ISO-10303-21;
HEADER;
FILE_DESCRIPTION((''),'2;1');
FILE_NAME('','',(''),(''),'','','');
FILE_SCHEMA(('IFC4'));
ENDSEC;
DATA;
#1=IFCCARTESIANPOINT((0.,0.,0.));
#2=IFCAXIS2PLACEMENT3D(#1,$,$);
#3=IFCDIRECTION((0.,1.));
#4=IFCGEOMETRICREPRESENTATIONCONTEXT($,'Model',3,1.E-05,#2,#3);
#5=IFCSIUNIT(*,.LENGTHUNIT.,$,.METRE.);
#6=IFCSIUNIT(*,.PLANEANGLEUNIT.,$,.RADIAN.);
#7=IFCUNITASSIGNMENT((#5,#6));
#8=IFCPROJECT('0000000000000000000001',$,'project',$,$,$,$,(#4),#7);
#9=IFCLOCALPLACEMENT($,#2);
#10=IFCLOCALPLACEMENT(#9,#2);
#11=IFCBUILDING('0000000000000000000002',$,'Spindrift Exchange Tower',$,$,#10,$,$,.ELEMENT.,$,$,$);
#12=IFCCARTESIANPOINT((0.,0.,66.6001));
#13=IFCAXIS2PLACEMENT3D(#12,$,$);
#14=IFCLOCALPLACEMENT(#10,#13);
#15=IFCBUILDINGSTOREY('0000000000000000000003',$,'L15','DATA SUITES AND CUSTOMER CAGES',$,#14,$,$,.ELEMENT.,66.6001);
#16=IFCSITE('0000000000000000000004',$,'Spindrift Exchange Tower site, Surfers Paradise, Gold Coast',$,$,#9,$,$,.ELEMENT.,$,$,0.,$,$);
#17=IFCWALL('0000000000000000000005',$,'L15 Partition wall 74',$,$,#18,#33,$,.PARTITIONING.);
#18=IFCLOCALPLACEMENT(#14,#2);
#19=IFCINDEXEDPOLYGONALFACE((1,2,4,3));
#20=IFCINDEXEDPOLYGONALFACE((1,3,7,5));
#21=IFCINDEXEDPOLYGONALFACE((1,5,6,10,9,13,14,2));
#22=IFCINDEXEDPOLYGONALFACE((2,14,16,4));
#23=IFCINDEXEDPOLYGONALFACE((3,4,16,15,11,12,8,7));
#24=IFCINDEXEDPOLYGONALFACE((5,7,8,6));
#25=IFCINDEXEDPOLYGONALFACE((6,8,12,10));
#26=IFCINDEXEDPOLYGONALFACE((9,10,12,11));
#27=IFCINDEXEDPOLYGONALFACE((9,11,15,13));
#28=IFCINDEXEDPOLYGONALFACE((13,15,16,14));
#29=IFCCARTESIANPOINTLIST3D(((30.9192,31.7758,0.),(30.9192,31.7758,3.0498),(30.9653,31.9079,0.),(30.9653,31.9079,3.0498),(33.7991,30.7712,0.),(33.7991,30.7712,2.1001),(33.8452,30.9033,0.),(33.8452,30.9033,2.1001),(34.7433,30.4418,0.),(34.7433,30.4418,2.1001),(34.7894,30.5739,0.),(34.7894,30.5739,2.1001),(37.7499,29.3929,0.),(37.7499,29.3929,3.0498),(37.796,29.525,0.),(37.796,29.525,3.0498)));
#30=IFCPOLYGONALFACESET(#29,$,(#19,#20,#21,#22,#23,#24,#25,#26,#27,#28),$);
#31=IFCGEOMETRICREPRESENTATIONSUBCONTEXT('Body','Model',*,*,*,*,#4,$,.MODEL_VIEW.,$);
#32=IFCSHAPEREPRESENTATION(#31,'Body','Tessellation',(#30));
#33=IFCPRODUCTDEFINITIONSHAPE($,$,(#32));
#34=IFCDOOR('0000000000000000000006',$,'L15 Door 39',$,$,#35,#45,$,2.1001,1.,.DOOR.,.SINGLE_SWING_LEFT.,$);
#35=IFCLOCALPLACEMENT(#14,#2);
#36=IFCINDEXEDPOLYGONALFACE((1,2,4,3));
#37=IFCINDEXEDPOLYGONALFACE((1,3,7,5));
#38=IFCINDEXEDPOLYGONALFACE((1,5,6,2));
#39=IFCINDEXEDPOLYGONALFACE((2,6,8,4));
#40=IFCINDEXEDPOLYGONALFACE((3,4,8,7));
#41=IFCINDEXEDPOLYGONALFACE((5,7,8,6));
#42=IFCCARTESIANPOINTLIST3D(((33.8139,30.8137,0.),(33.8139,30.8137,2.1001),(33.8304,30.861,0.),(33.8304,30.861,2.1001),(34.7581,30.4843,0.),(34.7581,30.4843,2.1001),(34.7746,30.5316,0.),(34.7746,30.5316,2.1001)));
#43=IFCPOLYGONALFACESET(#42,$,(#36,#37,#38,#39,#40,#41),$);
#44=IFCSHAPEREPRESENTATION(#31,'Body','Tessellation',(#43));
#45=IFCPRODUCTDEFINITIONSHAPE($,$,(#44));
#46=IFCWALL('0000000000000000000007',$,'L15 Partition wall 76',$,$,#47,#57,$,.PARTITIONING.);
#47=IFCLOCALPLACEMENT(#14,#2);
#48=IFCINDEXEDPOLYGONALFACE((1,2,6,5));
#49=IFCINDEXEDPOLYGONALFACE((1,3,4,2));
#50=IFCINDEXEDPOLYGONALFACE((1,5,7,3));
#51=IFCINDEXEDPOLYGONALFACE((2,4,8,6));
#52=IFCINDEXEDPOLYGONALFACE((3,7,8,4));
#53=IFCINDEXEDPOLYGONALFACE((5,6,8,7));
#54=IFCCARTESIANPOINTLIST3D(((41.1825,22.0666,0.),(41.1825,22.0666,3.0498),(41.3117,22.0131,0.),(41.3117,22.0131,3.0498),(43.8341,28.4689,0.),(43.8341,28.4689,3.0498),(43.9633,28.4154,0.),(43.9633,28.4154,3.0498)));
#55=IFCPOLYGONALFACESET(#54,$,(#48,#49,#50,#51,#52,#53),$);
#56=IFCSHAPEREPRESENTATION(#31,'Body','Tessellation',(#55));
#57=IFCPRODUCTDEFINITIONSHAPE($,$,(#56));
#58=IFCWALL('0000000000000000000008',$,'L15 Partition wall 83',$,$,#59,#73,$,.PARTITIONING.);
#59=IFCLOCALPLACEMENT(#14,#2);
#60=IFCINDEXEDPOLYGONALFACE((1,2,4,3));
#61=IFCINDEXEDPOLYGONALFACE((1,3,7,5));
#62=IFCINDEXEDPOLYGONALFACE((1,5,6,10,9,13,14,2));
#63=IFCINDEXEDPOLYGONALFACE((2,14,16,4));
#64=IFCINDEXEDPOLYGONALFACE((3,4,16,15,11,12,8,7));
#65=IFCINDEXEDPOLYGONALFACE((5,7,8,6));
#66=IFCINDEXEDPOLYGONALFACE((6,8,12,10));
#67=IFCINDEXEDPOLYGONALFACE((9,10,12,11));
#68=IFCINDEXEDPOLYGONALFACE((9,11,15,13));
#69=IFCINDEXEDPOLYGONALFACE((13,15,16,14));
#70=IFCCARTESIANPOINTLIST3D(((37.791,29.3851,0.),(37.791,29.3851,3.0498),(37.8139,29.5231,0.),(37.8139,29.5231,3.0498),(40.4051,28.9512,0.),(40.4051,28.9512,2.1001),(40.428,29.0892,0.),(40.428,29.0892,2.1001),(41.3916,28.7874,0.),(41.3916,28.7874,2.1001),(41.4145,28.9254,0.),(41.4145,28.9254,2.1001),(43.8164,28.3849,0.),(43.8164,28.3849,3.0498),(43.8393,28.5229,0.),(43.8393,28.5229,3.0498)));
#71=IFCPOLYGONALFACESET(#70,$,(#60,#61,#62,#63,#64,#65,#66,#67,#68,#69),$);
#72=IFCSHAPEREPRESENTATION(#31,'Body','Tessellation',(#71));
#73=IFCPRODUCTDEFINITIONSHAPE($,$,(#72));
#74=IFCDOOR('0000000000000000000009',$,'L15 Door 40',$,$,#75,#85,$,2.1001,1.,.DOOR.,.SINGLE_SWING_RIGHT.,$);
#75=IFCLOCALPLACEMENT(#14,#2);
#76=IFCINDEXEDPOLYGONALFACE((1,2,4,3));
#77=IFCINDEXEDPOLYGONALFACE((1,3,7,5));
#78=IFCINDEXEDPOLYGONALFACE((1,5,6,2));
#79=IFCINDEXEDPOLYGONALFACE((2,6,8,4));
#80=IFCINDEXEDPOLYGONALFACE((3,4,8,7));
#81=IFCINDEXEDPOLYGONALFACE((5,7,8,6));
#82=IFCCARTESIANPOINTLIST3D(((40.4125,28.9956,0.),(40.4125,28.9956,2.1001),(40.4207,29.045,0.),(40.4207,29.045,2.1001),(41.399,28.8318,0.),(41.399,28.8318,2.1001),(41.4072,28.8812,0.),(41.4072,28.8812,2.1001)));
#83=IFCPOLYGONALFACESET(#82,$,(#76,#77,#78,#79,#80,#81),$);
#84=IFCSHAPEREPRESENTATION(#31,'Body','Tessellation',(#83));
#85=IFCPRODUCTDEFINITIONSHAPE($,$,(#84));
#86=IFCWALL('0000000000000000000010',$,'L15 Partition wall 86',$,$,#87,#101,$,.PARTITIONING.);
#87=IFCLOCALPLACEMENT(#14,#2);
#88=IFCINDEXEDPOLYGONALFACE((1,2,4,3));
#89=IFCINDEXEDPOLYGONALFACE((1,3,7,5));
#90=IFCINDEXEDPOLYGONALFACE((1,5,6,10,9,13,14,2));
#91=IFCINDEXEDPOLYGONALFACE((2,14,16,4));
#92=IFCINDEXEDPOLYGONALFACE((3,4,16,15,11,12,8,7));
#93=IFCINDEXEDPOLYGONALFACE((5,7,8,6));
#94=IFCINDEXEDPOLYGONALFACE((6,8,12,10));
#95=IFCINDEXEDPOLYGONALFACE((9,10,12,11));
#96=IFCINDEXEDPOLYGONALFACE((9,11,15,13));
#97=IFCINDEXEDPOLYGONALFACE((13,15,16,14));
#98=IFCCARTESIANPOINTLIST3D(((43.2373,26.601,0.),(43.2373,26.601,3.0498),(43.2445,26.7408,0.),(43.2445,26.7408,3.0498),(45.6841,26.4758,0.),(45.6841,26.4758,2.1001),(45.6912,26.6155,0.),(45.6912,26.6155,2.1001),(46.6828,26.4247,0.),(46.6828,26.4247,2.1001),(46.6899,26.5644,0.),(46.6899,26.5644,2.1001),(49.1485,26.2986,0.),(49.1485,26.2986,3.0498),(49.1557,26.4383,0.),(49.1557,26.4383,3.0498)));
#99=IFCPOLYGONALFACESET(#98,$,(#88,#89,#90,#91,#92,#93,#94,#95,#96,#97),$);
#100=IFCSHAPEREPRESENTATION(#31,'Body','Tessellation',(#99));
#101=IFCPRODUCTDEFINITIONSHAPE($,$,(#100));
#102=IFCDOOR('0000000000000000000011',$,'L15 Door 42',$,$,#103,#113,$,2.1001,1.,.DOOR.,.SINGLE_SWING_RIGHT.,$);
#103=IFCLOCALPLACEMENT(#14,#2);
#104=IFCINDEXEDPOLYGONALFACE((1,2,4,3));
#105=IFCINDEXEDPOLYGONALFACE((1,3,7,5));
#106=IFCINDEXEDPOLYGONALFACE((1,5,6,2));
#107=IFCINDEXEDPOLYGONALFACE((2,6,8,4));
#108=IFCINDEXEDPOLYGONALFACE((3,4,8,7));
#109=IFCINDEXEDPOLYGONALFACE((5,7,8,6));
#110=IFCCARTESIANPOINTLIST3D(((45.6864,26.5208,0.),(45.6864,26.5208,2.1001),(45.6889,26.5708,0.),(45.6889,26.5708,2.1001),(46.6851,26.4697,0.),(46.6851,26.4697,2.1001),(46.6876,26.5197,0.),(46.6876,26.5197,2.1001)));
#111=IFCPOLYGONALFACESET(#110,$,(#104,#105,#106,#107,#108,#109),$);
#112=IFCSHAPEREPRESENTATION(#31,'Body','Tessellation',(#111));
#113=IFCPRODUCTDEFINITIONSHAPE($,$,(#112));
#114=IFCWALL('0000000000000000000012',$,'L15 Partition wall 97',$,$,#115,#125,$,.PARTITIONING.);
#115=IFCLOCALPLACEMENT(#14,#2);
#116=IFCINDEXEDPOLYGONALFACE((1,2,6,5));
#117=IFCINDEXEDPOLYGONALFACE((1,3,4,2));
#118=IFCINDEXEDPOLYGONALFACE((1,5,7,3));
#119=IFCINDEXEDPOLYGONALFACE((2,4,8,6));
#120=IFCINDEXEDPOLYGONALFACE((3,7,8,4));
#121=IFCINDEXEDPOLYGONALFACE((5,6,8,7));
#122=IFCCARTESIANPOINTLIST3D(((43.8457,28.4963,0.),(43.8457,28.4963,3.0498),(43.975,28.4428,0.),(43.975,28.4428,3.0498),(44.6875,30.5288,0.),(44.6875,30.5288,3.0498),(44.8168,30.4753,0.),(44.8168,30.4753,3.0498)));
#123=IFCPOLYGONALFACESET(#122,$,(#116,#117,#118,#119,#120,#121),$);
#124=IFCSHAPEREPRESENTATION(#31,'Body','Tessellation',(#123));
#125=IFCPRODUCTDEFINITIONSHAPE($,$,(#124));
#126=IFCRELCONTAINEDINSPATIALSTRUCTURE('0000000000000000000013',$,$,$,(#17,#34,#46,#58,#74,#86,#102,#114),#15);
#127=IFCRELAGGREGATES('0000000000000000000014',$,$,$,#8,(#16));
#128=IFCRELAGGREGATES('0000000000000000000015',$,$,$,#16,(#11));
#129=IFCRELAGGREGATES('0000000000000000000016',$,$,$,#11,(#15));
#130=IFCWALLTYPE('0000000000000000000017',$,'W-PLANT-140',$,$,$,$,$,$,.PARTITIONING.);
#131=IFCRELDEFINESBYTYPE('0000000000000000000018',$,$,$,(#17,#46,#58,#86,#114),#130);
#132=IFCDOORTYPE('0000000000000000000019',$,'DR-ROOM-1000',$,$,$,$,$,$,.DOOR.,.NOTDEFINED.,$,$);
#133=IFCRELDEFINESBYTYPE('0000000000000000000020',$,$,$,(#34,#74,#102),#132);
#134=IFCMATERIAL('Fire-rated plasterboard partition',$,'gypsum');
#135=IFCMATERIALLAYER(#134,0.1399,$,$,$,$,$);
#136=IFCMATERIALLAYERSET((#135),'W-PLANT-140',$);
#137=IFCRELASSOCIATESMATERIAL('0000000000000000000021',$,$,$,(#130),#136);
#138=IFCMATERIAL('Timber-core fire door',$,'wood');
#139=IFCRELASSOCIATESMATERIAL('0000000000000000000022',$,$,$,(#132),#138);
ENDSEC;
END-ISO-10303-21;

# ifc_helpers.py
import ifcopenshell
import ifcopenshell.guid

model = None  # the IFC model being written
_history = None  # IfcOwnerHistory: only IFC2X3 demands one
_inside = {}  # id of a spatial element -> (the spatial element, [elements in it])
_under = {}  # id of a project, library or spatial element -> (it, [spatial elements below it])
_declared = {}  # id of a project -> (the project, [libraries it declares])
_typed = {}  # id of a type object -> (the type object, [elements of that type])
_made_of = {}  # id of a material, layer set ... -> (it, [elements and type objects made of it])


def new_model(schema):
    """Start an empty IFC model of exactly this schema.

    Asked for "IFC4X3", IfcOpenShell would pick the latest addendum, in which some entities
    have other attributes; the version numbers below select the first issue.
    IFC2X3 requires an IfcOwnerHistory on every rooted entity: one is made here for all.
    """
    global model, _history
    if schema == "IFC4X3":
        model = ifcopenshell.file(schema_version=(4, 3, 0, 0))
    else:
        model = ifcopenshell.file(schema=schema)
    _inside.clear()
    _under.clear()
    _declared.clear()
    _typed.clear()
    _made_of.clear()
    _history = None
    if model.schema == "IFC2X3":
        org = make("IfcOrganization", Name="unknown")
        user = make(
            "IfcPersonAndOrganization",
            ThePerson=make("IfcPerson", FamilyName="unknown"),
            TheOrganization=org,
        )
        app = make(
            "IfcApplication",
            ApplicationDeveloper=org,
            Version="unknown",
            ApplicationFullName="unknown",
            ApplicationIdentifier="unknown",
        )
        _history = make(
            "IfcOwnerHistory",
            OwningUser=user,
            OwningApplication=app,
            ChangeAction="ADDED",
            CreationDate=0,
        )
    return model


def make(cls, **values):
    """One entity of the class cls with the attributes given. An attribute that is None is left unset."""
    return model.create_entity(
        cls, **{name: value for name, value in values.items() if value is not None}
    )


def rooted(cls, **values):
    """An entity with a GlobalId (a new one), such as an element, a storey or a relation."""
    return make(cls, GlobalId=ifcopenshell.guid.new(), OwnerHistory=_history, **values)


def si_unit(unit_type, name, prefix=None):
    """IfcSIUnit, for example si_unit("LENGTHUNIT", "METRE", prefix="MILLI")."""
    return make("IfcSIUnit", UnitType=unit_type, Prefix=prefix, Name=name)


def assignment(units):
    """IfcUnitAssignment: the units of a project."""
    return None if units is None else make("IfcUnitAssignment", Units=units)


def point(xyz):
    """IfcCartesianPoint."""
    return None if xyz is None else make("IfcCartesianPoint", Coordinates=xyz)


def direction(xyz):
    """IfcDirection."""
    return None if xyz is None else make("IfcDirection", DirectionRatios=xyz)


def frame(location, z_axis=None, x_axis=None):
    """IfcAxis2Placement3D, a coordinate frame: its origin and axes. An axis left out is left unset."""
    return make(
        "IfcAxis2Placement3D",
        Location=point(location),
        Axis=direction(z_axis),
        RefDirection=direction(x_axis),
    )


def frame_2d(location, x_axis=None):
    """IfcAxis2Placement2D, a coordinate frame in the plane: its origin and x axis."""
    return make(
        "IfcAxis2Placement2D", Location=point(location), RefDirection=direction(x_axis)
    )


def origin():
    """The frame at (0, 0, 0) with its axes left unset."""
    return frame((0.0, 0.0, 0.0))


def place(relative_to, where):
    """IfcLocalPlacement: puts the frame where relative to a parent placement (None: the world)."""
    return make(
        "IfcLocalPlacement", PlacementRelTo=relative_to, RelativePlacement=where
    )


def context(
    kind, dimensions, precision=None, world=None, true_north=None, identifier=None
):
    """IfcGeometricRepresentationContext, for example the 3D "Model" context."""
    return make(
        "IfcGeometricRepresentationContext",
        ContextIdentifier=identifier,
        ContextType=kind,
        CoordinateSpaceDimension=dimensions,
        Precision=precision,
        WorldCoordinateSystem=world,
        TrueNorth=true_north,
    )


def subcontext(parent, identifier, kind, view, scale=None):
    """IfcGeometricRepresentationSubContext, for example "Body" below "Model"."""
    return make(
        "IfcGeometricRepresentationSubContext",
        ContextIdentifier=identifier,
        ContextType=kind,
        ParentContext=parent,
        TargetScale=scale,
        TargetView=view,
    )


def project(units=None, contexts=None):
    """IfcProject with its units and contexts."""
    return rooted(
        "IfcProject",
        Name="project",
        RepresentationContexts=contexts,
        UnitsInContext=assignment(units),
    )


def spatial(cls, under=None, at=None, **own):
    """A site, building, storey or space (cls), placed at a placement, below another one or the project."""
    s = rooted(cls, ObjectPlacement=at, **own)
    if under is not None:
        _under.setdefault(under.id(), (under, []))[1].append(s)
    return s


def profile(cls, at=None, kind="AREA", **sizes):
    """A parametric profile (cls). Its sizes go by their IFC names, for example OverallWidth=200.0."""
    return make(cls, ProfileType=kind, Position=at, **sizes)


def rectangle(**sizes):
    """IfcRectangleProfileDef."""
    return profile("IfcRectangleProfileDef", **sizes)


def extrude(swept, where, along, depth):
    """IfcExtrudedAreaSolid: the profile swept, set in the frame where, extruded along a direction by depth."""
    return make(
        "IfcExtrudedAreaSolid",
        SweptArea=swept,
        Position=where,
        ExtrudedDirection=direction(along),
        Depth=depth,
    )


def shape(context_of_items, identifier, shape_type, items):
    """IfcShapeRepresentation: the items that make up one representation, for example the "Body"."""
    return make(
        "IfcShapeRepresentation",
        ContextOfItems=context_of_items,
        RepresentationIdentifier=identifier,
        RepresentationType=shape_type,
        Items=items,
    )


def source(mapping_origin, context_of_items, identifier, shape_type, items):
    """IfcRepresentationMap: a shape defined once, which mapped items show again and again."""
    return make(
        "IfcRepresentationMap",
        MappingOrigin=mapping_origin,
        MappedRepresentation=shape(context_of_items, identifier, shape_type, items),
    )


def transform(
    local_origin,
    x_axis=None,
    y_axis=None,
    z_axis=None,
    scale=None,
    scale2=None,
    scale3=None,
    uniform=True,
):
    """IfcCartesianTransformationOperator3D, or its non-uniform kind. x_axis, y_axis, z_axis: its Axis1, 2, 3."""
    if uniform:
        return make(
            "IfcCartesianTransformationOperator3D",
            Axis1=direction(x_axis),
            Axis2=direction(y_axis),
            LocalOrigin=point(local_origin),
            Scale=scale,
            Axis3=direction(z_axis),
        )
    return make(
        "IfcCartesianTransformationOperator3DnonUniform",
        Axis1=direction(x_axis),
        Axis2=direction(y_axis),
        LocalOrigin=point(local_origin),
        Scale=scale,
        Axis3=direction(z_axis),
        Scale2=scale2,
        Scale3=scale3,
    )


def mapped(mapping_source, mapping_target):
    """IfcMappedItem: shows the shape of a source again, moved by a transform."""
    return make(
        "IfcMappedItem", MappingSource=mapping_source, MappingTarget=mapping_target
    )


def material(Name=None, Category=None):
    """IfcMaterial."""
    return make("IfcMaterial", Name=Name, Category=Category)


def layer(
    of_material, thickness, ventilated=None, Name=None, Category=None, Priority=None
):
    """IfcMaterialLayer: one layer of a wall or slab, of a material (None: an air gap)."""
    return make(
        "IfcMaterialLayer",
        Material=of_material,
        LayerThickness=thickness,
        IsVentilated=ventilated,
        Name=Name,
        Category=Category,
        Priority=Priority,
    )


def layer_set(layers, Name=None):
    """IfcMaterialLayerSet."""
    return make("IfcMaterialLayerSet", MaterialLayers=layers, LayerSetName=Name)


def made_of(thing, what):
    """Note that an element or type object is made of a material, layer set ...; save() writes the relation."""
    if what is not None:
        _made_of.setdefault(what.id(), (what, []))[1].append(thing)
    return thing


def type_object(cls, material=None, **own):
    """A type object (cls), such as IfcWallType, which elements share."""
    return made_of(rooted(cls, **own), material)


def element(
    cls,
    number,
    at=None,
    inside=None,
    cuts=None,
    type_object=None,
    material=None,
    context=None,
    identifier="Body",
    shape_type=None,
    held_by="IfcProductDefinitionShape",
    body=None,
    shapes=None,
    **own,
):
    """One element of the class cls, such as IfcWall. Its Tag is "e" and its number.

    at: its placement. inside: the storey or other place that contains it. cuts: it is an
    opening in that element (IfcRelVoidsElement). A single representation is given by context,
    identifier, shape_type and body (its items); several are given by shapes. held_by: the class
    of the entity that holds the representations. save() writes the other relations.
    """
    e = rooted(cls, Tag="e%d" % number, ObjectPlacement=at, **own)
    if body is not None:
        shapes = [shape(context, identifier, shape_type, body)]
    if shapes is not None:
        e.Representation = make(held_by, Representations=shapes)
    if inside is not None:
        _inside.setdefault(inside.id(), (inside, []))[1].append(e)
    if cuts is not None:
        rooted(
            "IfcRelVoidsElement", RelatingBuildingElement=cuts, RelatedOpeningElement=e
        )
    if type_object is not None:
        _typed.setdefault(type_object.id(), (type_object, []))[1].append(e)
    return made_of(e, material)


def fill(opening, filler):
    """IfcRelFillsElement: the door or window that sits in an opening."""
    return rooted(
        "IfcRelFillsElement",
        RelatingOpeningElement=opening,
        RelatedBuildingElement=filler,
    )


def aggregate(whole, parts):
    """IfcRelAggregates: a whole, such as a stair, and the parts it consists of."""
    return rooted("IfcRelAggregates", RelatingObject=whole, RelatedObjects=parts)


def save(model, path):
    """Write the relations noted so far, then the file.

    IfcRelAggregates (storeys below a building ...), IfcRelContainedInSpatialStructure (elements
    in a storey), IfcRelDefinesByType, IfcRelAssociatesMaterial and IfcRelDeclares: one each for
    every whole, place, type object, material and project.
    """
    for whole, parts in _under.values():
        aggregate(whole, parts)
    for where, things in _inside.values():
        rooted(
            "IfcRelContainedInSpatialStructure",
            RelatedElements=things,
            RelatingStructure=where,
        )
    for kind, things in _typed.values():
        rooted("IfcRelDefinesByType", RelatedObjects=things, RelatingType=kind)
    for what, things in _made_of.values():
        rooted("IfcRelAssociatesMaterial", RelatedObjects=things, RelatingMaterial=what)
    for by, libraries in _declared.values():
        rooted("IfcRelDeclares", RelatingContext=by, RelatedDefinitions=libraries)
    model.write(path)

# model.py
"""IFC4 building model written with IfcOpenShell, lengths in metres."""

from ifc_helpers import new_model, si_unit, direction, frame, frame_2d, origin, place, context, subcontext, project, spatial, rectangle, extrude, source, transform, mapped, material, layer, layer_set, type_object, element, fill, save


model = new_model("IFC4")

# Units and contexts
model_context = context("Model", 3, precision=1e-05, world=origin(), true_north=direction((0.0, 1.0)))
body_context = subcontext(model_context, "Body", "Model", "MODEL_VIEW")
ifc_project = project(units=[si_unit("LENGTHUNIT", "METRE"), si_unit("PLANEANGLEUNIT", "RADIAN")], contexts=[model_context])

# Site, building, storey
site_placement = place(None, origin())
site = spatial("IfcSite", under=ifc_project, at=site_placement, Name="Spindrift Exchange Tower site, Surfers Paradise, Gold Coast", CompositionType="ELEMENT", RefElevation=0.0)
building_placement = place(site_placement, origin())
building = spatial("IfcBuilding", under=site, at=building_placement, Name="Spindrift Exchange Tower", CompositionType="ELEMENT")
storey_placement = place(building_placement, frame((0.0, 0.0, 66.6001)))
storey = spatial("IfcBuildingStorey", under=building, at=storey_placement, Name="L15", Description="DATA SUITES AND CUSTOMER CAGES", CompositionType="ELEMENT", Elevation=66.6001)

# Shared definitions
ifc_material_1 = material(Name="Fire-rated plasterboard partition", Category="gypsum")

# Wall, opening, door
ifc_layer_1 = layer(ifc_material_1, 0.1399)
ifc_layer_set_1 = layer_set([ifc_layer_1], Name="W-PLANT-140")
wall_type_1 = type_object("IfcWallType", Name="W-PLANT-140", PredefinedType="PARTITIONING", material=ifc_layer_set_1)
wall_1_placement = place(storey_placement, frame((37.7729, 29.459, 0.0), z_axis=(0.0, 0.0, 1.0), x_axis=(-0.944198, 0.329379, 0.0)))
wall_1 = element("IfcWall", 1, at=wall_1_placement, inside=storey, type_object=wall_type_1, Name="L15 Partition wall 74", PredefinedType="PARTITIONING", context=body_context, shape_type="SweptSolid", body=[
    extrude(rectangle(XDim=7.2344, YDim=0.1399, at=frame_2d((3.6172, 0.0))), origin(), (0.0, 0.0, 1.0), 3.0498),
])
opening_1_placement = place(wall_1_placement, frame((3.1843, 0.0, 0.0)))
opening_1 = element("IfcOpeningElement", 2, at=opening_1_placement, cuts=wall_1, PredefinedType="OPENING", context=body_context, shape_type="SweptSolid", body=[
    extrude(rectangle(XDim=1.0, YDim=2.1001, at=frame_2d((0.5, 1.05))), frame((0.0, 0.0798, 0.0), z_axis=(0.0, -1.0, 0.0), x_axis=(1.0, 0.0, 0.0)), (0.0, 0.0, 1.0), 0.1599),
])
ifc_material_2 = material(Name="Timber-core fire door", Category="wood")
door_type = type_object("IfcDoorType", Name="DR-ROOM-1000", OperationType="NOTDEFINED", PredefinedType="DOOR", material=ifc_material_2)
shared_shape_1 = source(origin(), body_context, "Body", "SweptSolid", [
    extrude(rectangle(XDim=1.0, YDim=2.1001, at=frame_2d((0.5, 1.05))), frame((0.0, 0.0249, 0.0), z_axis=(0.0, -1.0, 0.0), x_axis=(1.0, 0.0, 0.0)), (0.0, 0.0, 1.0), 0.05),
])
door_1_placement = place(opening_1_placement, origin())
door_1 = element("IfcDoor", 3, at=door_1_placement, inside=storey, type_object=door_type, Name="L15 Door 39", OperationType="SINGLE_SWING_LEFT", OverallHeight=2.1001, OverallWidth=1.0, PredefinedType="DOOR", context=body_context, shape_type="MappedRepresentation", body=[
    mapped(shared_shape_1, transform((0.0, 0.0, 0.0), scale=1.0)),
])
fill(opening_1, door_1)

# Wall
wall_2_placement = place(storey_placement, frame((43.8987, 28.4421, 0.0), z_axis=(0.0, 0.0, 1.0), x_axis=(-0.382643, -0.923896, 0.0)))
element("IfcWall", 4, at=wall_2_placement, inside=storey, type_object=wall_type_1, Name="L15 Partition wall 76", PredefinedType="PARTITIONING", context=body_context, shape_type="SweptSolid", body=[
    extrude(rectangle(XDim=6.9297, YDim=0.1399, at=frame_2d((3.4648, 0.0))), origin(), (0.0, 0.0, 1.0), 3.0498),
])

# Walls, openings, doors
wall_3_placement = place(storey_placement, frame((43.8279, 28.4539, 0.0), z_axis=(0.0, 0.0, 1.0), x_axis=(-0.9865, 0.163764, 0.0)))
wall_3 = element("IfcWall", 5, at=wall_3_placement, inside=storey, type_object=wall_type_1, Name="L15 Partition wall 83", PredefinedType="PARTITIONING", context=body_context, shape_type="SweptSolid", body=[
    extrude(rectangle(XDim=6.1079, YDim=0.1399, at=frame_2d((3.054, 0.0))), origin(), (0.0, 0.0, 1.0), 3.0498),
])
opening_2_placement = place(wall_3_placement, frame((2.458, 0.0, 0.0)))
opening_2 = element("IfcOpeningElement", 6, at=opening_2_placement, cuts=wall_3, PredefinedType="OPENING", context=body_context, shape_type="SweptSolid", body=[
    extrude(rectangle(XDim=1.0, YDim=2.1001, at=frame_2d((0.5, 1.05))), frame((0.0, 0.0798, 0.0), z_axis=(0.0, -1.0, 0.0), x_axis=(1.0, 0.0, 0.0)), (0.0, 0.0, 1.0), 0.1599),
])
door_2_placement = place(opening_2_placement, origin())
door_2 = element("IfcDoor", 7, at=door_2_placement, inside=storey, type_object=door_type, Name="L15 Door 40", OperationType="SINGLE_SWING_RIGHT", OverallHeight=2.1001, OverallWidth=1.0, PredefinedType="DOOR", context=body_context, shape_type="MappedRepresentation", body=[
    mapped(shared_shape_1, transform((0.0, 0.0, 0.0), scale=1.0)),
])
fill(opening_2, door_2)
wall_4_placement = place(storey_placement, frame((49.1521, 26.3684, 0.0), z_axis=(0.0, 0.0, 1.0), x_axis=(-0.998693, 0.051106, 0.0)))
wall_4 = element("IfcWall", 8, at=wall_4_placement, inside=storey, type_object=wall_type_1, Name="L15 Partition wall 86", PredefinedType="PARTITIONING", context=body_context, shape_type="SweptSolid", body=[
    extrude(rectangle(XDim=5.9189, YDim=0.1399, at=frame_2d((2.9595, 0.0))), origin(), (0.0, 0.0, 1.0), 3.0498),
])
opening_3_placement = place(wall_4_placement, frame((2.469, 0.0, 0.0)))
opening_3 = element("IfcOpeningElement", 9, at=opening_3_placement, cuts=wall_4, PredefinedType="OPENING", context=body_context, shape_type="SweptSolid", body=[
    extrude(rectangle(XDim=1.0, YDim=2.1001, at=frame_2d((0.5, 1.05))), frame((0.0, 0.0798, 0.0), z_axis=(0.0, -1.0, 0.0), x_axis=(1.0, 0.0, 0.0)), (0.0, 0.0, 1.0), 0.1599),
])
door_3_placement = place(opening_3_placement, origin())
door_3 = element("IfcDoor", 10, at=door_3_placement, inside=storey, type_object=door_type, Name="L15 Door 42", OperationType="SINGLE_SWING_RIGHT", OverallHeight=2.1001, OverallWidth=1.0, PredefinedType="DOOR", context=body_context, shape_type="MappedRepresentation", body=[
    mapped(shared_shape_1, transform((0.0, 0.0, 0.0), scale=1.0)),
])
fill(opening_3, door_3)

# Wall
wall_5_placement = place(storey_placement, frame((44.7522, 30.5022, 0.0), z_axis=(0.0, 0.0, 1.0), x_axis=(-0.382652, -0.923892, 0.0)))
element("IfcWall", 11, at=wall_5_placement, inside=storey, type_object=wall_type_1, Name="L15 Partition wall 97", PredefinedType="PARTITIONING", context=body_context, shape_type="SweptSolid", body=[
    extrude(rectangle(XDim=2.2, YDim=0.1399, at=frame_2d((1.1001, 0.0))), origin(), (0.0, 0.0, 1.0), 3.0498),
])

save(model, "model.ifc")
